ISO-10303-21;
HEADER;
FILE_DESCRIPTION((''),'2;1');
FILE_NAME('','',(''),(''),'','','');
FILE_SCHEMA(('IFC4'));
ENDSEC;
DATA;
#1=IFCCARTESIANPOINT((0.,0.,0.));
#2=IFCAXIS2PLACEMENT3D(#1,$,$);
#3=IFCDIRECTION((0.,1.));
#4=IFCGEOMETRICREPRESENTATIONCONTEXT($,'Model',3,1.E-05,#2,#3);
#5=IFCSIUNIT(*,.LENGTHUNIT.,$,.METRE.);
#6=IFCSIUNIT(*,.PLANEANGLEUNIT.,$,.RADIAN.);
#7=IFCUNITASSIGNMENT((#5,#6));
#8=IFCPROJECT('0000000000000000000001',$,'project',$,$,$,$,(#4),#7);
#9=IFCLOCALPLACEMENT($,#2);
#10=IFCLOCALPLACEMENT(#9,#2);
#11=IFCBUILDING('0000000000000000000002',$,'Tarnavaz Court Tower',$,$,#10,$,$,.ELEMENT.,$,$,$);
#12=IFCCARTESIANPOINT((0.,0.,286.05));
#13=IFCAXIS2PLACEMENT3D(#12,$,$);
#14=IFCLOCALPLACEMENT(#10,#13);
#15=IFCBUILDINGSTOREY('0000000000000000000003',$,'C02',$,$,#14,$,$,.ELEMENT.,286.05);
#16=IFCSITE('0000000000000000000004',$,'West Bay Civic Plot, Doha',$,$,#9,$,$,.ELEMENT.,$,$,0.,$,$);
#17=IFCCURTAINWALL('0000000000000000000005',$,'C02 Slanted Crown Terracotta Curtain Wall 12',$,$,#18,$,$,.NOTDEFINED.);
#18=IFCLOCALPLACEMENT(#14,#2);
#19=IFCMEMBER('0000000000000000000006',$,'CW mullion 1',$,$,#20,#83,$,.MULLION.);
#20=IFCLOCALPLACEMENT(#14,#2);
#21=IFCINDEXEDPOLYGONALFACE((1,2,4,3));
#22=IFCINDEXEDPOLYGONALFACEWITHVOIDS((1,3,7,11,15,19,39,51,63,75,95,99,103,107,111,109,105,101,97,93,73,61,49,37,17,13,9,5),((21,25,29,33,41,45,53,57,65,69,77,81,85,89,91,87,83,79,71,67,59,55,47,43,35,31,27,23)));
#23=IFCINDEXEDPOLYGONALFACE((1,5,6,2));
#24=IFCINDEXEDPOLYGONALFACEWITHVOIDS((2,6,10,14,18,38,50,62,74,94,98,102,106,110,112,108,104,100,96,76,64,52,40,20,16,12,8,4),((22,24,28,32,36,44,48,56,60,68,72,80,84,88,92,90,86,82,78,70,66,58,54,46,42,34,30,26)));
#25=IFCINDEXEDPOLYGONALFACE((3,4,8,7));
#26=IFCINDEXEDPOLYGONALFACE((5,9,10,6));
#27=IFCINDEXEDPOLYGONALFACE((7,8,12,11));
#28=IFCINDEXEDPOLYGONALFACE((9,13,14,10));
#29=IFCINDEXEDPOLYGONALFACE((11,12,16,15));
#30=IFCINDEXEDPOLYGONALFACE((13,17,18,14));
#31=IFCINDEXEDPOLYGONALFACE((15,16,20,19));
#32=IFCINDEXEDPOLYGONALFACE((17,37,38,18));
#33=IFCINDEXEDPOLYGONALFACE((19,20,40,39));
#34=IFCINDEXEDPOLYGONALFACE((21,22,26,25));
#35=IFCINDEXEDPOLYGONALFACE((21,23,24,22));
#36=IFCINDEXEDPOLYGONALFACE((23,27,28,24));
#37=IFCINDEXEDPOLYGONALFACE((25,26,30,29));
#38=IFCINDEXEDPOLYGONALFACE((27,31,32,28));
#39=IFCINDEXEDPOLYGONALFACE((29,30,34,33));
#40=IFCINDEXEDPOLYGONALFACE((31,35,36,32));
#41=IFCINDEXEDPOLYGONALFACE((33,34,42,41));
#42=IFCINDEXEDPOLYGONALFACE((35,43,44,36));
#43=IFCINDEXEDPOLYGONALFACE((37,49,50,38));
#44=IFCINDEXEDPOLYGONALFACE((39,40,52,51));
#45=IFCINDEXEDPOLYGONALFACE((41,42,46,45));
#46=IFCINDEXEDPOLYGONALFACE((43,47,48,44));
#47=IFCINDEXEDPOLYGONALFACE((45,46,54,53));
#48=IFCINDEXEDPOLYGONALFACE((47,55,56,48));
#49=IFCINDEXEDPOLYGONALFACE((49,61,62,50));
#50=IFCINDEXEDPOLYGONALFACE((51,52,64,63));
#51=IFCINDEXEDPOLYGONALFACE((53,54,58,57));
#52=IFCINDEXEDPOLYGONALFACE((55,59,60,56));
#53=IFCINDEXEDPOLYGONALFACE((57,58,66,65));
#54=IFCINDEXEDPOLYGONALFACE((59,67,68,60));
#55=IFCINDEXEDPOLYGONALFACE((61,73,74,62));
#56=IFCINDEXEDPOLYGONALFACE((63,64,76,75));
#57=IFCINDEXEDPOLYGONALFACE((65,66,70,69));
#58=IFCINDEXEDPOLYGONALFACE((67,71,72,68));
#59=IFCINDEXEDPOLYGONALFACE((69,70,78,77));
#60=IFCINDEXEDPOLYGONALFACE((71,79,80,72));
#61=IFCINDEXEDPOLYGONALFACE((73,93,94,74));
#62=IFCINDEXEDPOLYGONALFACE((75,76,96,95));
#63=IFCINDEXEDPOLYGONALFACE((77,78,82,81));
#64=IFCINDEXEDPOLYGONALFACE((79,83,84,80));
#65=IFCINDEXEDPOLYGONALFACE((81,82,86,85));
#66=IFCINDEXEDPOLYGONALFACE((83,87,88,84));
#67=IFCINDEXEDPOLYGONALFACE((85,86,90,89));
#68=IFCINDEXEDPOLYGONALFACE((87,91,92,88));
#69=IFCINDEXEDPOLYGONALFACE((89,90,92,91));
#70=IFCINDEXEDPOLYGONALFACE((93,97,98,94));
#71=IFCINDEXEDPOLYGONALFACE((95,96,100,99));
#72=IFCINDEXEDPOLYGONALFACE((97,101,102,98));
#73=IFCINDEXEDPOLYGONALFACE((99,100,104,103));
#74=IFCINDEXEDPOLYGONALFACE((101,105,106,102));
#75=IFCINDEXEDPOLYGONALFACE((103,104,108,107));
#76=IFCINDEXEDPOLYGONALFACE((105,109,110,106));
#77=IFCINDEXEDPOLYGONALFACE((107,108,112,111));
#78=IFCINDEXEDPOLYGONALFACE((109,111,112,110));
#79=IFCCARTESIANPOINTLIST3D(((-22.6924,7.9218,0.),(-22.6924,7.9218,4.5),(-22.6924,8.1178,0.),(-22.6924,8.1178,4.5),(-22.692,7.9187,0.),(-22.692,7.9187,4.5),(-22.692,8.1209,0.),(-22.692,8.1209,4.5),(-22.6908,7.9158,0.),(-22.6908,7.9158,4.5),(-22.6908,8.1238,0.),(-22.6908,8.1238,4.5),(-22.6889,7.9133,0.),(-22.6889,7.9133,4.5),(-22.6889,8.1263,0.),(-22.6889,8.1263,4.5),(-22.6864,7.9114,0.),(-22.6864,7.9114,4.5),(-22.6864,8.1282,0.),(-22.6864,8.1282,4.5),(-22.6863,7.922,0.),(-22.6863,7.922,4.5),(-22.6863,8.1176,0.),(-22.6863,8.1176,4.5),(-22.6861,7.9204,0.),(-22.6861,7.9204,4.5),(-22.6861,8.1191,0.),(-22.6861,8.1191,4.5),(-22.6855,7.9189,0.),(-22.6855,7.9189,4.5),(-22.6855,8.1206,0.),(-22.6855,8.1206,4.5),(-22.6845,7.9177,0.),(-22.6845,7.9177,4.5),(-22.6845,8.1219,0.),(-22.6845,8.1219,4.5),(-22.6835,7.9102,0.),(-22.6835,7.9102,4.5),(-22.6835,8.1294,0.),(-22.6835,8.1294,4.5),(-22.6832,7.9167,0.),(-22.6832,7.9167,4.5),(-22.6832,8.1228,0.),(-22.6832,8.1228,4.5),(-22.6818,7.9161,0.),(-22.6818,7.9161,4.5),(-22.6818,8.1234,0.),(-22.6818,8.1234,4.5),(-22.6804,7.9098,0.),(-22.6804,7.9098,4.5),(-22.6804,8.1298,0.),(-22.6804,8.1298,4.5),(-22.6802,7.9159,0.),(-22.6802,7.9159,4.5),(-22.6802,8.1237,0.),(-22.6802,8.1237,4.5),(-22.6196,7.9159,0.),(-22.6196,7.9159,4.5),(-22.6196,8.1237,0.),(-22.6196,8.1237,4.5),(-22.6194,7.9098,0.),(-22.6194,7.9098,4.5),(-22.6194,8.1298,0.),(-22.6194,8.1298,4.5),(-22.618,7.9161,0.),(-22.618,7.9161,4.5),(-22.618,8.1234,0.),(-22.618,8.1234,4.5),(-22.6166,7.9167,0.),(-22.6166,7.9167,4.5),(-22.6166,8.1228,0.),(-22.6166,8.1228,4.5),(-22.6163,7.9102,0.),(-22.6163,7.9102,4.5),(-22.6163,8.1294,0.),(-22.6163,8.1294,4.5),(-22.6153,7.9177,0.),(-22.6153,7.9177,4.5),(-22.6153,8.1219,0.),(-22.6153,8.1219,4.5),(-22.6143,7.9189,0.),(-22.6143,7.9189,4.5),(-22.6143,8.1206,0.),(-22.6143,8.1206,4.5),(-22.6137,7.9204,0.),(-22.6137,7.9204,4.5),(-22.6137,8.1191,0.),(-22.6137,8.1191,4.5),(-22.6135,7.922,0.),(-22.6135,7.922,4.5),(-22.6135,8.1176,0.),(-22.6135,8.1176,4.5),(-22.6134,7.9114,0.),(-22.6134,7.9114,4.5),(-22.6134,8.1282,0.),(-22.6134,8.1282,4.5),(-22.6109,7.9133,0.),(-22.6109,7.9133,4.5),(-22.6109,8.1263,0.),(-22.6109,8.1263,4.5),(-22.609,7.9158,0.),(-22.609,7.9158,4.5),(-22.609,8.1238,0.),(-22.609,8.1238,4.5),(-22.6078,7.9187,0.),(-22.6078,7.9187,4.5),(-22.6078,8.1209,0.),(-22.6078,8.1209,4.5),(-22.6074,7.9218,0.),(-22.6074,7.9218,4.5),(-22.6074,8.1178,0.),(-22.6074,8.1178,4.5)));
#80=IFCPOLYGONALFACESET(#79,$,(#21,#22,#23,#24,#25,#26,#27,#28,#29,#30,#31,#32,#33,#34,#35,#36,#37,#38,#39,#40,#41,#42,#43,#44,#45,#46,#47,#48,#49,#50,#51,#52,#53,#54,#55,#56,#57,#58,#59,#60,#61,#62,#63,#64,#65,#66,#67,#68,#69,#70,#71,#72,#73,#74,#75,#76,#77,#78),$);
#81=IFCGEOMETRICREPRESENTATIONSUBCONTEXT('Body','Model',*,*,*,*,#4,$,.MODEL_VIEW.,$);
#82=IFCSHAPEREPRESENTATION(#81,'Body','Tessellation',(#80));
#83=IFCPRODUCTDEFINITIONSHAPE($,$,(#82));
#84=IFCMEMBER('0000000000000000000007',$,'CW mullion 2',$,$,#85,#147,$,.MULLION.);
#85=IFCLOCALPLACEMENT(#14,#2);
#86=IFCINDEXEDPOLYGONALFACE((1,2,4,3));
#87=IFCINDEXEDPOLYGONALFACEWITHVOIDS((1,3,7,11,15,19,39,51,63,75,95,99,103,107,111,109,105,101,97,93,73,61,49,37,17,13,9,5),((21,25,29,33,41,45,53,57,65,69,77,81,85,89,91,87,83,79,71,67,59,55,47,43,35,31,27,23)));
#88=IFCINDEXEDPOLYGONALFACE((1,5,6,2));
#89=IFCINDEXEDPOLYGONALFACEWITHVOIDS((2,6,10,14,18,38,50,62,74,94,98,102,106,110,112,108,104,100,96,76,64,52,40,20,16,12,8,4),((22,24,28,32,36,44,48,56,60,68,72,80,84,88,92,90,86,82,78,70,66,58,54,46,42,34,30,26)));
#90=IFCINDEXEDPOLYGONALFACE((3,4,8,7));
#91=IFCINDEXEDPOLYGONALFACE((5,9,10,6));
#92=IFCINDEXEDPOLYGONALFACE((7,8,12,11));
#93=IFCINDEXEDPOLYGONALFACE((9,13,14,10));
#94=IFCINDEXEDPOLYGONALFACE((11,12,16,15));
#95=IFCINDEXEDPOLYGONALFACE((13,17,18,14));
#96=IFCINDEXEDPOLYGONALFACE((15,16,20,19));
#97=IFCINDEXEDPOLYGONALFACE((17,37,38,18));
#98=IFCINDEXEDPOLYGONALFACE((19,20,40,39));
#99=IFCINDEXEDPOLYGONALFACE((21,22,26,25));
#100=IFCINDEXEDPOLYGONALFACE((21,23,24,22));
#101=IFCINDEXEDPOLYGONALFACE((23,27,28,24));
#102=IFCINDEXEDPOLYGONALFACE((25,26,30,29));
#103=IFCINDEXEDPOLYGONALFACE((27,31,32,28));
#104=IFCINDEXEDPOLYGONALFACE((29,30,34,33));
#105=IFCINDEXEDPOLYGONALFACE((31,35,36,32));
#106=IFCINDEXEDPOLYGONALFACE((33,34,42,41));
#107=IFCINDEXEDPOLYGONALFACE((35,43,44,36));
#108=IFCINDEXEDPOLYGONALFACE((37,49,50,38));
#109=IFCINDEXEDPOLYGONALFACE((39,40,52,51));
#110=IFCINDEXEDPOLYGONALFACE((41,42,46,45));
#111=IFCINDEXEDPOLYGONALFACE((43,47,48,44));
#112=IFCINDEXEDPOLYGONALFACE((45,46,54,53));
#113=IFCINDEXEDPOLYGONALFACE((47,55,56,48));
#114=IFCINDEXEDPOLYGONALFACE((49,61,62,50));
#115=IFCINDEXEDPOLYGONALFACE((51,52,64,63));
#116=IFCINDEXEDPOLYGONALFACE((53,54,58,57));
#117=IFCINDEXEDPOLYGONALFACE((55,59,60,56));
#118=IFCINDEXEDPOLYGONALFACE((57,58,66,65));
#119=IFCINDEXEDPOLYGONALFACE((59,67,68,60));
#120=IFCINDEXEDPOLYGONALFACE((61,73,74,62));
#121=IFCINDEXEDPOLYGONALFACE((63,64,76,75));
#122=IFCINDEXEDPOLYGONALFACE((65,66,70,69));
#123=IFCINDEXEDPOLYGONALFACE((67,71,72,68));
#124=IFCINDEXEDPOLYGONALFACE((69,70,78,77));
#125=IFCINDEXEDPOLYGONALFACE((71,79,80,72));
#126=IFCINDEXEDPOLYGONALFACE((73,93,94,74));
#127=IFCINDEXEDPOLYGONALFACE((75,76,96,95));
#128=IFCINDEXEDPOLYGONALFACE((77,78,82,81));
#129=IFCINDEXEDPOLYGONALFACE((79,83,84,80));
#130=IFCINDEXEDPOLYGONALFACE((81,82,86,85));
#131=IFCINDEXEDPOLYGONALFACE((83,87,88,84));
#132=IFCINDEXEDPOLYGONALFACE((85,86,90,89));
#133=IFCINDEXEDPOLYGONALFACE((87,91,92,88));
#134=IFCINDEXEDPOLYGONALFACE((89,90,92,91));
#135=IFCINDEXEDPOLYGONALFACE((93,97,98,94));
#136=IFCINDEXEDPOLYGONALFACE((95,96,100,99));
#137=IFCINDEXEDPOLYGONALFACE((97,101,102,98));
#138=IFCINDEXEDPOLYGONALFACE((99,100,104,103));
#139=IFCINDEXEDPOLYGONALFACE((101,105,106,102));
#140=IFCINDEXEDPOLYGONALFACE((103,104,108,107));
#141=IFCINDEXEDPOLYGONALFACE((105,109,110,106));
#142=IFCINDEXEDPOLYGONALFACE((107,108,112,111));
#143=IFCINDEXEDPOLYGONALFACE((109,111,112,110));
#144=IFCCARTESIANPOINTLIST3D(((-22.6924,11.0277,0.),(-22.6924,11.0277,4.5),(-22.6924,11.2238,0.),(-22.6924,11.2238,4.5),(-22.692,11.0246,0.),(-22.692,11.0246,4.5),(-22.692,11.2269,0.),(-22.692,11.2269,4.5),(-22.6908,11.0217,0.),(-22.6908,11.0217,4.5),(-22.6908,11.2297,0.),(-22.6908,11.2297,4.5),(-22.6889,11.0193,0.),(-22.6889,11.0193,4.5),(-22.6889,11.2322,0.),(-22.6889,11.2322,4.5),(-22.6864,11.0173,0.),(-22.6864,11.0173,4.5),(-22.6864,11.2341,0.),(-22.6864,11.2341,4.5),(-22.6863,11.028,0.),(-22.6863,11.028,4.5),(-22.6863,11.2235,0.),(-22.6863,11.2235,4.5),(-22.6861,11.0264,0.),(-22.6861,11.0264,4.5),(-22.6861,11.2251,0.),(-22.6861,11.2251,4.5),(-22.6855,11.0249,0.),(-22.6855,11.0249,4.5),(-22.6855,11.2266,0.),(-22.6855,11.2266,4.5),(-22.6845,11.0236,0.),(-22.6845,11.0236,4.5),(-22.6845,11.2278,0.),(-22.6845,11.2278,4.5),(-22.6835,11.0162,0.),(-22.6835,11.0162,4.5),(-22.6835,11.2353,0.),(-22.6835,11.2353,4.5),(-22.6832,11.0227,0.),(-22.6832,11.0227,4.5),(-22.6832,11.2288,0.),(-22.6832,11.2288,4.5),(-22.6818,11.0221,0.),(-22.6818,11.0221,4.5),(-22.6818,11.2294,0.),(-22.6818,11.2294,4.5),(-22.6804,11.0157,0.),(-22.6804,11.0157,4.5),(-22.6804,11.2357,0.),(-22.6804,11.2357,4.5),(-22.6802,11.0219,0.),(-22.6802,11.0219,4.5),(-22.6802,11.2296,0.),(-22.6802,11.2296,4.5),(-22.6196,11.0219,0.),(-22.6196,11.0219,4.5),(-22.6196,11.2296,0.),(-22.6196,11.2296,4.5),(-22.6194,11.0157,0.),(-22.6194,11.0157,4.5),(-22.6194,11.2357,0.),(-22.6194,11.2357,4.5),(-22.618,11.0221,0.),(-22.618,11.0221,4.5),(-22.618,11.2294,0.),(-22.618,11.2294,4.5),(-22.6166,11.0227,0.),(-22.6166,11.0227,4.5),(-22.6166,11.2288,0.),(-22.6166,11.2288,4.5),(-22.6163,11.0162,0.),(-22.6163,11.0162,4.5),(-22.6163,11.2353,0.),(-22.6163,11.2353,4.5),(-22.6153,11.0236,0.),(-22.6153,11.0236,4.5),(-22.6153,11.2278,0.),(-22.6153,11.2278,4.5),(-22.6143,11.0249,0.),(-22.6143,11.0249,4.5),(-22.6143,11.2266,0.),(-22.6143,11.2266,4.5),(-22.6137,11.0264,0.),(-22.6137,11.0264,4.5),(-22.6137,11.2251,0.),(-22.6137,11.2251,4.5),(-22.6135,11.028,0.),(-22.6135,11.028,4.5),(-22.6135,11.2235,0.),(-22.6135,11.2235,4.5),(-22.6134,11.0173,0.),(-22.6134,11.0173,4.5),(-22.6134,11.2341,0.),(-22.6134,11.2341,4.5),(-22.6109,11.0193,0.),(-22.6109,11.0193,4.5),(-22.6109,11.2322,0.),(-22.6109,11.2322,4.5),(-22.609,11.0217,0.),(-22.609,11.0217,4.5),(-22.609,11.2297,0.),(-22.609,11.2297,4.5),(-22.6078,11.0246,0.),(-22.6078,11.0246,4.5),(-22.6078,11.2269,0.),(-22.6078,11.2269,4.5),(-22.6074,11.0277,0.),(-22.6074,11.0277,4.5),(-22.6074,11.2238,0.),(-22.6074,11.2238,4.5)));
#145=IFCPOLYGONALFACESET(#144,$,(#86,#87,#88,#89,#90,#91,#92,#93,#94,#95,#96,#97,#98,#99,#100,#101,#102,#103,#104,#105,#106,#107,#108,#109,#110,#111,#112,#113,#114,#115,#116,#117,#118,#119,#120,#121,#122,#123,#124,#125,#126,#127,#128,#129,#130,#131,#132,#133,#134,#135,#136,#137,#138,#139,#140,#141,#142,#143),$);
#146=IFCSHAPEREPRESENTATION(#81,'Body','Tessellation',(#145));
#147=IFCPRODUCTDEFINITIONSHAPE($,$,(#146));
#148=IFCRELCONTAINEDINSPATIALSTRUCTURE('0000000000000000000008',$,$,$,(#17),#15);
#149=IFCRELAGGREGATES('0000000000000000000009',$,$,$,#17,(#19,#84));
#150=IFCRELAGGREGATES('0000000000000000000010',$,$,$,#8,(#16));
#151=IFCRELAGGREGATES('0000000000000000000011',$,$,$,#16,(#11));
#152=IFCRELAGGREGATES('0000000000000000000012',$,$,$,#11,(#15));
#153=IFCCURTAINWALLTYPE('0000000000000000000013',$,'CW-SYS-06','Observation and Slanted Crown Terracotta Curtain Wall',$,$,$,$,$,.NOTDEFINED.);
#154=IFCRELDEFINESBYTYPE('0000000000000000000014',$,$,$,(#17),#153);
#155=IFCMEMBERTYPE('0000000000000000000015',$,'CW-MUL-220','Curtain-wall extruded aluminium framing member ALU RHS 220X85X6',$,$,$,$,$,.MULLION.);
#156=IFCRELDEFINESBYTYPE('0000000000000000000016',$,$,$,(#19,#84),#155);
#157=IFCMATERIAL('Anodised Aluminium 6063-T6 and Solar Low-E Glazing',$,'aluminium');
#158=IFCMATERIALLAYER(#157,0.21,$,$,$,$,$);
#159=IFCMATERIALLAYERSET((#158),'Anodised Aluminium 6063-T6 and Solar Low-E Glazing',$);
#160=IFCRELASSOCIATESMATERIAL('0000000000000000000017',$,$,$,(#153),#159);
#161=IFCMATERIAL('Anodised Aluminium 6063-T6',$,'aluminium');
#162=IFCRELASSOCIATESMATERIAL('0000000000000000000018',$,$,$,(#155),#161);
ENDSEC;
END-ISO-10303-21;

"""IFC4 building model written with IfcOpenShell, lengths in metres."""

from ifc_helpers import new_model, si_unit, direction, frame, origin, origin_2d, place, context, subcontext, project, spatial, hollow_rectangle, extrude, material, layer, layer_set, material_profile, profile_set, type_object, element, aggregate, save


model = new_model("IFC4")

# Units and contexts
model_context = context("Model", 3, precision=1e-05, world=origin(), true_north=direction((0.0, 1.0)))
body_context = subcontext(model_context, "Body", "Model", "MODEL_VIEW")
ifc_project = project(units=[si_unit("LENGTHUNIT", "METRE"), si_unit("PLANEANGLEUNIT", "RADIAN")], contexts=[model_context])

# Site, building, storey
site_placement = place(None, origin())
site = spatial("IfcSite", under=ifc_project, at=site_placement, Name="West Bay Civic Plot, Doha", CompositionType="ELEMENT", RefElevation=0.0)
building_placement = place(site_placement, origin())
building = spatial("IfcBuilding", under=site, at=building_placement, Name="Tarnavaz Court Tower", CompositionType="ELEMENT")
storey_placement = place(building_placement, frame((0.0, 0.0, 286.05)))
storey = spatial("IfcBuildingStorey", under=building, at=storey_placement, Name="C02", CompositionType="ELEMENT", Elevation=286.05)

# Shared definitions
ifc_material_1 = material(Name="Anodised Aluminium 6063-T6 and Solar Low-E Glazing", Category="aluminium")
ifc_layer_1 = layer(ifc_material_1, 0.21)
ifc_layer_set_1 = layer_set([ifc_layer_1], Name="Anodised Aluminium 6063-T6 and Solar Low-E Glazing")
curtain_wall_type = type_object("IfcCurtainWallType", Name="CW-SYS-06", Description="Observation and Slanted Crown Terracotta Curtain Wall", PredefinedType="NOTDEFINED", material=ifc_layer_set_1)
ifc_material_2 = material(Name="Anodised Aluminium 6063-T6", Category="aluminium")
ifc_material_profile_1 = material_profile(ifc_material_2, hollow_rectangle(XDim=0.085, YDim=0.22, WallThickness=0.0061, InnerFilletRadius=0.0061, OuterFilletRadius=0.012, at=origin_2d()), Name="ALU RHS 220X85X6")
ifc_profile_set_1 = profile_set([ifc_material_profile_1], Name="Anodised Aluminium 6063-T6")
member_type_1 = type_object("IfcMemberType", Name="CW-MUL-220", Description="Curtain-wall extruded aluminium framing member ALU RHS 220X85X6", PredefinedType="MULLION", material=ifc_profile_set_1)

# Curtain wall, members
curtain_wall_1_placement = place(storey_placement, origin())
curtain_wall_1 = element("IfcCurtainWall", 1, at=curtain_wall_1_placement, inside=storey, type_object=curtain_wall_type, Name="C02 Slanted Crown Terracotta Curtain Wall 12", PredefinedType="NOTDEFINED")
member_1_placement = place(storey_placement, frame((-22.6499, 8.0198, 0.0), z_axis=(0.0, 0.0, 1.0), x_axis=(-1.0, 0.0, 0.0)))
member_1 = element("IfcMember", 2, at=member_1_placement, type_object=member_type_1, Name="CW mullion 1", PredefinedType="MULLION", context=body_context, shape_type="SweptSolid", body=[
    extrude(hollow_rectangle(XDim=0.085, YDim=0.22, WallThickness=0.0061, InnerFilletRadius=0.0061, OuterFilletRadius=0.012, at=origin_2d()), origin(), (0.0, 0.0, 1.0), 4.5),
])
member_2_placement = place(storey_placement, frame((-22.6499, 11.1257, 0.0), z_axis=(0.0, 0.0, 1.0), x_axis=(-1.0, 0.0, 0.0)))
member_2 = element("IfcMember", 3, at=member_2_placement, type_object=member_type_1, Name="CW mullion 2", PredefinedType="MULLION", context=body_context, shape_type="SweptSolid", body=[
    extrude(hollow_rectangle(XDim=0.085, YDim=0.22, WallThickness=0.0061, InnerFilletRadius=0.0061, OuterFilletRadius=0.012, at=origin_2d()), origin(), (0.0, 0.0, 1.0), 4.5),
])

aggregate(curtain_wall_1, [member_1, member_2])

save(model, "model.ifc")
